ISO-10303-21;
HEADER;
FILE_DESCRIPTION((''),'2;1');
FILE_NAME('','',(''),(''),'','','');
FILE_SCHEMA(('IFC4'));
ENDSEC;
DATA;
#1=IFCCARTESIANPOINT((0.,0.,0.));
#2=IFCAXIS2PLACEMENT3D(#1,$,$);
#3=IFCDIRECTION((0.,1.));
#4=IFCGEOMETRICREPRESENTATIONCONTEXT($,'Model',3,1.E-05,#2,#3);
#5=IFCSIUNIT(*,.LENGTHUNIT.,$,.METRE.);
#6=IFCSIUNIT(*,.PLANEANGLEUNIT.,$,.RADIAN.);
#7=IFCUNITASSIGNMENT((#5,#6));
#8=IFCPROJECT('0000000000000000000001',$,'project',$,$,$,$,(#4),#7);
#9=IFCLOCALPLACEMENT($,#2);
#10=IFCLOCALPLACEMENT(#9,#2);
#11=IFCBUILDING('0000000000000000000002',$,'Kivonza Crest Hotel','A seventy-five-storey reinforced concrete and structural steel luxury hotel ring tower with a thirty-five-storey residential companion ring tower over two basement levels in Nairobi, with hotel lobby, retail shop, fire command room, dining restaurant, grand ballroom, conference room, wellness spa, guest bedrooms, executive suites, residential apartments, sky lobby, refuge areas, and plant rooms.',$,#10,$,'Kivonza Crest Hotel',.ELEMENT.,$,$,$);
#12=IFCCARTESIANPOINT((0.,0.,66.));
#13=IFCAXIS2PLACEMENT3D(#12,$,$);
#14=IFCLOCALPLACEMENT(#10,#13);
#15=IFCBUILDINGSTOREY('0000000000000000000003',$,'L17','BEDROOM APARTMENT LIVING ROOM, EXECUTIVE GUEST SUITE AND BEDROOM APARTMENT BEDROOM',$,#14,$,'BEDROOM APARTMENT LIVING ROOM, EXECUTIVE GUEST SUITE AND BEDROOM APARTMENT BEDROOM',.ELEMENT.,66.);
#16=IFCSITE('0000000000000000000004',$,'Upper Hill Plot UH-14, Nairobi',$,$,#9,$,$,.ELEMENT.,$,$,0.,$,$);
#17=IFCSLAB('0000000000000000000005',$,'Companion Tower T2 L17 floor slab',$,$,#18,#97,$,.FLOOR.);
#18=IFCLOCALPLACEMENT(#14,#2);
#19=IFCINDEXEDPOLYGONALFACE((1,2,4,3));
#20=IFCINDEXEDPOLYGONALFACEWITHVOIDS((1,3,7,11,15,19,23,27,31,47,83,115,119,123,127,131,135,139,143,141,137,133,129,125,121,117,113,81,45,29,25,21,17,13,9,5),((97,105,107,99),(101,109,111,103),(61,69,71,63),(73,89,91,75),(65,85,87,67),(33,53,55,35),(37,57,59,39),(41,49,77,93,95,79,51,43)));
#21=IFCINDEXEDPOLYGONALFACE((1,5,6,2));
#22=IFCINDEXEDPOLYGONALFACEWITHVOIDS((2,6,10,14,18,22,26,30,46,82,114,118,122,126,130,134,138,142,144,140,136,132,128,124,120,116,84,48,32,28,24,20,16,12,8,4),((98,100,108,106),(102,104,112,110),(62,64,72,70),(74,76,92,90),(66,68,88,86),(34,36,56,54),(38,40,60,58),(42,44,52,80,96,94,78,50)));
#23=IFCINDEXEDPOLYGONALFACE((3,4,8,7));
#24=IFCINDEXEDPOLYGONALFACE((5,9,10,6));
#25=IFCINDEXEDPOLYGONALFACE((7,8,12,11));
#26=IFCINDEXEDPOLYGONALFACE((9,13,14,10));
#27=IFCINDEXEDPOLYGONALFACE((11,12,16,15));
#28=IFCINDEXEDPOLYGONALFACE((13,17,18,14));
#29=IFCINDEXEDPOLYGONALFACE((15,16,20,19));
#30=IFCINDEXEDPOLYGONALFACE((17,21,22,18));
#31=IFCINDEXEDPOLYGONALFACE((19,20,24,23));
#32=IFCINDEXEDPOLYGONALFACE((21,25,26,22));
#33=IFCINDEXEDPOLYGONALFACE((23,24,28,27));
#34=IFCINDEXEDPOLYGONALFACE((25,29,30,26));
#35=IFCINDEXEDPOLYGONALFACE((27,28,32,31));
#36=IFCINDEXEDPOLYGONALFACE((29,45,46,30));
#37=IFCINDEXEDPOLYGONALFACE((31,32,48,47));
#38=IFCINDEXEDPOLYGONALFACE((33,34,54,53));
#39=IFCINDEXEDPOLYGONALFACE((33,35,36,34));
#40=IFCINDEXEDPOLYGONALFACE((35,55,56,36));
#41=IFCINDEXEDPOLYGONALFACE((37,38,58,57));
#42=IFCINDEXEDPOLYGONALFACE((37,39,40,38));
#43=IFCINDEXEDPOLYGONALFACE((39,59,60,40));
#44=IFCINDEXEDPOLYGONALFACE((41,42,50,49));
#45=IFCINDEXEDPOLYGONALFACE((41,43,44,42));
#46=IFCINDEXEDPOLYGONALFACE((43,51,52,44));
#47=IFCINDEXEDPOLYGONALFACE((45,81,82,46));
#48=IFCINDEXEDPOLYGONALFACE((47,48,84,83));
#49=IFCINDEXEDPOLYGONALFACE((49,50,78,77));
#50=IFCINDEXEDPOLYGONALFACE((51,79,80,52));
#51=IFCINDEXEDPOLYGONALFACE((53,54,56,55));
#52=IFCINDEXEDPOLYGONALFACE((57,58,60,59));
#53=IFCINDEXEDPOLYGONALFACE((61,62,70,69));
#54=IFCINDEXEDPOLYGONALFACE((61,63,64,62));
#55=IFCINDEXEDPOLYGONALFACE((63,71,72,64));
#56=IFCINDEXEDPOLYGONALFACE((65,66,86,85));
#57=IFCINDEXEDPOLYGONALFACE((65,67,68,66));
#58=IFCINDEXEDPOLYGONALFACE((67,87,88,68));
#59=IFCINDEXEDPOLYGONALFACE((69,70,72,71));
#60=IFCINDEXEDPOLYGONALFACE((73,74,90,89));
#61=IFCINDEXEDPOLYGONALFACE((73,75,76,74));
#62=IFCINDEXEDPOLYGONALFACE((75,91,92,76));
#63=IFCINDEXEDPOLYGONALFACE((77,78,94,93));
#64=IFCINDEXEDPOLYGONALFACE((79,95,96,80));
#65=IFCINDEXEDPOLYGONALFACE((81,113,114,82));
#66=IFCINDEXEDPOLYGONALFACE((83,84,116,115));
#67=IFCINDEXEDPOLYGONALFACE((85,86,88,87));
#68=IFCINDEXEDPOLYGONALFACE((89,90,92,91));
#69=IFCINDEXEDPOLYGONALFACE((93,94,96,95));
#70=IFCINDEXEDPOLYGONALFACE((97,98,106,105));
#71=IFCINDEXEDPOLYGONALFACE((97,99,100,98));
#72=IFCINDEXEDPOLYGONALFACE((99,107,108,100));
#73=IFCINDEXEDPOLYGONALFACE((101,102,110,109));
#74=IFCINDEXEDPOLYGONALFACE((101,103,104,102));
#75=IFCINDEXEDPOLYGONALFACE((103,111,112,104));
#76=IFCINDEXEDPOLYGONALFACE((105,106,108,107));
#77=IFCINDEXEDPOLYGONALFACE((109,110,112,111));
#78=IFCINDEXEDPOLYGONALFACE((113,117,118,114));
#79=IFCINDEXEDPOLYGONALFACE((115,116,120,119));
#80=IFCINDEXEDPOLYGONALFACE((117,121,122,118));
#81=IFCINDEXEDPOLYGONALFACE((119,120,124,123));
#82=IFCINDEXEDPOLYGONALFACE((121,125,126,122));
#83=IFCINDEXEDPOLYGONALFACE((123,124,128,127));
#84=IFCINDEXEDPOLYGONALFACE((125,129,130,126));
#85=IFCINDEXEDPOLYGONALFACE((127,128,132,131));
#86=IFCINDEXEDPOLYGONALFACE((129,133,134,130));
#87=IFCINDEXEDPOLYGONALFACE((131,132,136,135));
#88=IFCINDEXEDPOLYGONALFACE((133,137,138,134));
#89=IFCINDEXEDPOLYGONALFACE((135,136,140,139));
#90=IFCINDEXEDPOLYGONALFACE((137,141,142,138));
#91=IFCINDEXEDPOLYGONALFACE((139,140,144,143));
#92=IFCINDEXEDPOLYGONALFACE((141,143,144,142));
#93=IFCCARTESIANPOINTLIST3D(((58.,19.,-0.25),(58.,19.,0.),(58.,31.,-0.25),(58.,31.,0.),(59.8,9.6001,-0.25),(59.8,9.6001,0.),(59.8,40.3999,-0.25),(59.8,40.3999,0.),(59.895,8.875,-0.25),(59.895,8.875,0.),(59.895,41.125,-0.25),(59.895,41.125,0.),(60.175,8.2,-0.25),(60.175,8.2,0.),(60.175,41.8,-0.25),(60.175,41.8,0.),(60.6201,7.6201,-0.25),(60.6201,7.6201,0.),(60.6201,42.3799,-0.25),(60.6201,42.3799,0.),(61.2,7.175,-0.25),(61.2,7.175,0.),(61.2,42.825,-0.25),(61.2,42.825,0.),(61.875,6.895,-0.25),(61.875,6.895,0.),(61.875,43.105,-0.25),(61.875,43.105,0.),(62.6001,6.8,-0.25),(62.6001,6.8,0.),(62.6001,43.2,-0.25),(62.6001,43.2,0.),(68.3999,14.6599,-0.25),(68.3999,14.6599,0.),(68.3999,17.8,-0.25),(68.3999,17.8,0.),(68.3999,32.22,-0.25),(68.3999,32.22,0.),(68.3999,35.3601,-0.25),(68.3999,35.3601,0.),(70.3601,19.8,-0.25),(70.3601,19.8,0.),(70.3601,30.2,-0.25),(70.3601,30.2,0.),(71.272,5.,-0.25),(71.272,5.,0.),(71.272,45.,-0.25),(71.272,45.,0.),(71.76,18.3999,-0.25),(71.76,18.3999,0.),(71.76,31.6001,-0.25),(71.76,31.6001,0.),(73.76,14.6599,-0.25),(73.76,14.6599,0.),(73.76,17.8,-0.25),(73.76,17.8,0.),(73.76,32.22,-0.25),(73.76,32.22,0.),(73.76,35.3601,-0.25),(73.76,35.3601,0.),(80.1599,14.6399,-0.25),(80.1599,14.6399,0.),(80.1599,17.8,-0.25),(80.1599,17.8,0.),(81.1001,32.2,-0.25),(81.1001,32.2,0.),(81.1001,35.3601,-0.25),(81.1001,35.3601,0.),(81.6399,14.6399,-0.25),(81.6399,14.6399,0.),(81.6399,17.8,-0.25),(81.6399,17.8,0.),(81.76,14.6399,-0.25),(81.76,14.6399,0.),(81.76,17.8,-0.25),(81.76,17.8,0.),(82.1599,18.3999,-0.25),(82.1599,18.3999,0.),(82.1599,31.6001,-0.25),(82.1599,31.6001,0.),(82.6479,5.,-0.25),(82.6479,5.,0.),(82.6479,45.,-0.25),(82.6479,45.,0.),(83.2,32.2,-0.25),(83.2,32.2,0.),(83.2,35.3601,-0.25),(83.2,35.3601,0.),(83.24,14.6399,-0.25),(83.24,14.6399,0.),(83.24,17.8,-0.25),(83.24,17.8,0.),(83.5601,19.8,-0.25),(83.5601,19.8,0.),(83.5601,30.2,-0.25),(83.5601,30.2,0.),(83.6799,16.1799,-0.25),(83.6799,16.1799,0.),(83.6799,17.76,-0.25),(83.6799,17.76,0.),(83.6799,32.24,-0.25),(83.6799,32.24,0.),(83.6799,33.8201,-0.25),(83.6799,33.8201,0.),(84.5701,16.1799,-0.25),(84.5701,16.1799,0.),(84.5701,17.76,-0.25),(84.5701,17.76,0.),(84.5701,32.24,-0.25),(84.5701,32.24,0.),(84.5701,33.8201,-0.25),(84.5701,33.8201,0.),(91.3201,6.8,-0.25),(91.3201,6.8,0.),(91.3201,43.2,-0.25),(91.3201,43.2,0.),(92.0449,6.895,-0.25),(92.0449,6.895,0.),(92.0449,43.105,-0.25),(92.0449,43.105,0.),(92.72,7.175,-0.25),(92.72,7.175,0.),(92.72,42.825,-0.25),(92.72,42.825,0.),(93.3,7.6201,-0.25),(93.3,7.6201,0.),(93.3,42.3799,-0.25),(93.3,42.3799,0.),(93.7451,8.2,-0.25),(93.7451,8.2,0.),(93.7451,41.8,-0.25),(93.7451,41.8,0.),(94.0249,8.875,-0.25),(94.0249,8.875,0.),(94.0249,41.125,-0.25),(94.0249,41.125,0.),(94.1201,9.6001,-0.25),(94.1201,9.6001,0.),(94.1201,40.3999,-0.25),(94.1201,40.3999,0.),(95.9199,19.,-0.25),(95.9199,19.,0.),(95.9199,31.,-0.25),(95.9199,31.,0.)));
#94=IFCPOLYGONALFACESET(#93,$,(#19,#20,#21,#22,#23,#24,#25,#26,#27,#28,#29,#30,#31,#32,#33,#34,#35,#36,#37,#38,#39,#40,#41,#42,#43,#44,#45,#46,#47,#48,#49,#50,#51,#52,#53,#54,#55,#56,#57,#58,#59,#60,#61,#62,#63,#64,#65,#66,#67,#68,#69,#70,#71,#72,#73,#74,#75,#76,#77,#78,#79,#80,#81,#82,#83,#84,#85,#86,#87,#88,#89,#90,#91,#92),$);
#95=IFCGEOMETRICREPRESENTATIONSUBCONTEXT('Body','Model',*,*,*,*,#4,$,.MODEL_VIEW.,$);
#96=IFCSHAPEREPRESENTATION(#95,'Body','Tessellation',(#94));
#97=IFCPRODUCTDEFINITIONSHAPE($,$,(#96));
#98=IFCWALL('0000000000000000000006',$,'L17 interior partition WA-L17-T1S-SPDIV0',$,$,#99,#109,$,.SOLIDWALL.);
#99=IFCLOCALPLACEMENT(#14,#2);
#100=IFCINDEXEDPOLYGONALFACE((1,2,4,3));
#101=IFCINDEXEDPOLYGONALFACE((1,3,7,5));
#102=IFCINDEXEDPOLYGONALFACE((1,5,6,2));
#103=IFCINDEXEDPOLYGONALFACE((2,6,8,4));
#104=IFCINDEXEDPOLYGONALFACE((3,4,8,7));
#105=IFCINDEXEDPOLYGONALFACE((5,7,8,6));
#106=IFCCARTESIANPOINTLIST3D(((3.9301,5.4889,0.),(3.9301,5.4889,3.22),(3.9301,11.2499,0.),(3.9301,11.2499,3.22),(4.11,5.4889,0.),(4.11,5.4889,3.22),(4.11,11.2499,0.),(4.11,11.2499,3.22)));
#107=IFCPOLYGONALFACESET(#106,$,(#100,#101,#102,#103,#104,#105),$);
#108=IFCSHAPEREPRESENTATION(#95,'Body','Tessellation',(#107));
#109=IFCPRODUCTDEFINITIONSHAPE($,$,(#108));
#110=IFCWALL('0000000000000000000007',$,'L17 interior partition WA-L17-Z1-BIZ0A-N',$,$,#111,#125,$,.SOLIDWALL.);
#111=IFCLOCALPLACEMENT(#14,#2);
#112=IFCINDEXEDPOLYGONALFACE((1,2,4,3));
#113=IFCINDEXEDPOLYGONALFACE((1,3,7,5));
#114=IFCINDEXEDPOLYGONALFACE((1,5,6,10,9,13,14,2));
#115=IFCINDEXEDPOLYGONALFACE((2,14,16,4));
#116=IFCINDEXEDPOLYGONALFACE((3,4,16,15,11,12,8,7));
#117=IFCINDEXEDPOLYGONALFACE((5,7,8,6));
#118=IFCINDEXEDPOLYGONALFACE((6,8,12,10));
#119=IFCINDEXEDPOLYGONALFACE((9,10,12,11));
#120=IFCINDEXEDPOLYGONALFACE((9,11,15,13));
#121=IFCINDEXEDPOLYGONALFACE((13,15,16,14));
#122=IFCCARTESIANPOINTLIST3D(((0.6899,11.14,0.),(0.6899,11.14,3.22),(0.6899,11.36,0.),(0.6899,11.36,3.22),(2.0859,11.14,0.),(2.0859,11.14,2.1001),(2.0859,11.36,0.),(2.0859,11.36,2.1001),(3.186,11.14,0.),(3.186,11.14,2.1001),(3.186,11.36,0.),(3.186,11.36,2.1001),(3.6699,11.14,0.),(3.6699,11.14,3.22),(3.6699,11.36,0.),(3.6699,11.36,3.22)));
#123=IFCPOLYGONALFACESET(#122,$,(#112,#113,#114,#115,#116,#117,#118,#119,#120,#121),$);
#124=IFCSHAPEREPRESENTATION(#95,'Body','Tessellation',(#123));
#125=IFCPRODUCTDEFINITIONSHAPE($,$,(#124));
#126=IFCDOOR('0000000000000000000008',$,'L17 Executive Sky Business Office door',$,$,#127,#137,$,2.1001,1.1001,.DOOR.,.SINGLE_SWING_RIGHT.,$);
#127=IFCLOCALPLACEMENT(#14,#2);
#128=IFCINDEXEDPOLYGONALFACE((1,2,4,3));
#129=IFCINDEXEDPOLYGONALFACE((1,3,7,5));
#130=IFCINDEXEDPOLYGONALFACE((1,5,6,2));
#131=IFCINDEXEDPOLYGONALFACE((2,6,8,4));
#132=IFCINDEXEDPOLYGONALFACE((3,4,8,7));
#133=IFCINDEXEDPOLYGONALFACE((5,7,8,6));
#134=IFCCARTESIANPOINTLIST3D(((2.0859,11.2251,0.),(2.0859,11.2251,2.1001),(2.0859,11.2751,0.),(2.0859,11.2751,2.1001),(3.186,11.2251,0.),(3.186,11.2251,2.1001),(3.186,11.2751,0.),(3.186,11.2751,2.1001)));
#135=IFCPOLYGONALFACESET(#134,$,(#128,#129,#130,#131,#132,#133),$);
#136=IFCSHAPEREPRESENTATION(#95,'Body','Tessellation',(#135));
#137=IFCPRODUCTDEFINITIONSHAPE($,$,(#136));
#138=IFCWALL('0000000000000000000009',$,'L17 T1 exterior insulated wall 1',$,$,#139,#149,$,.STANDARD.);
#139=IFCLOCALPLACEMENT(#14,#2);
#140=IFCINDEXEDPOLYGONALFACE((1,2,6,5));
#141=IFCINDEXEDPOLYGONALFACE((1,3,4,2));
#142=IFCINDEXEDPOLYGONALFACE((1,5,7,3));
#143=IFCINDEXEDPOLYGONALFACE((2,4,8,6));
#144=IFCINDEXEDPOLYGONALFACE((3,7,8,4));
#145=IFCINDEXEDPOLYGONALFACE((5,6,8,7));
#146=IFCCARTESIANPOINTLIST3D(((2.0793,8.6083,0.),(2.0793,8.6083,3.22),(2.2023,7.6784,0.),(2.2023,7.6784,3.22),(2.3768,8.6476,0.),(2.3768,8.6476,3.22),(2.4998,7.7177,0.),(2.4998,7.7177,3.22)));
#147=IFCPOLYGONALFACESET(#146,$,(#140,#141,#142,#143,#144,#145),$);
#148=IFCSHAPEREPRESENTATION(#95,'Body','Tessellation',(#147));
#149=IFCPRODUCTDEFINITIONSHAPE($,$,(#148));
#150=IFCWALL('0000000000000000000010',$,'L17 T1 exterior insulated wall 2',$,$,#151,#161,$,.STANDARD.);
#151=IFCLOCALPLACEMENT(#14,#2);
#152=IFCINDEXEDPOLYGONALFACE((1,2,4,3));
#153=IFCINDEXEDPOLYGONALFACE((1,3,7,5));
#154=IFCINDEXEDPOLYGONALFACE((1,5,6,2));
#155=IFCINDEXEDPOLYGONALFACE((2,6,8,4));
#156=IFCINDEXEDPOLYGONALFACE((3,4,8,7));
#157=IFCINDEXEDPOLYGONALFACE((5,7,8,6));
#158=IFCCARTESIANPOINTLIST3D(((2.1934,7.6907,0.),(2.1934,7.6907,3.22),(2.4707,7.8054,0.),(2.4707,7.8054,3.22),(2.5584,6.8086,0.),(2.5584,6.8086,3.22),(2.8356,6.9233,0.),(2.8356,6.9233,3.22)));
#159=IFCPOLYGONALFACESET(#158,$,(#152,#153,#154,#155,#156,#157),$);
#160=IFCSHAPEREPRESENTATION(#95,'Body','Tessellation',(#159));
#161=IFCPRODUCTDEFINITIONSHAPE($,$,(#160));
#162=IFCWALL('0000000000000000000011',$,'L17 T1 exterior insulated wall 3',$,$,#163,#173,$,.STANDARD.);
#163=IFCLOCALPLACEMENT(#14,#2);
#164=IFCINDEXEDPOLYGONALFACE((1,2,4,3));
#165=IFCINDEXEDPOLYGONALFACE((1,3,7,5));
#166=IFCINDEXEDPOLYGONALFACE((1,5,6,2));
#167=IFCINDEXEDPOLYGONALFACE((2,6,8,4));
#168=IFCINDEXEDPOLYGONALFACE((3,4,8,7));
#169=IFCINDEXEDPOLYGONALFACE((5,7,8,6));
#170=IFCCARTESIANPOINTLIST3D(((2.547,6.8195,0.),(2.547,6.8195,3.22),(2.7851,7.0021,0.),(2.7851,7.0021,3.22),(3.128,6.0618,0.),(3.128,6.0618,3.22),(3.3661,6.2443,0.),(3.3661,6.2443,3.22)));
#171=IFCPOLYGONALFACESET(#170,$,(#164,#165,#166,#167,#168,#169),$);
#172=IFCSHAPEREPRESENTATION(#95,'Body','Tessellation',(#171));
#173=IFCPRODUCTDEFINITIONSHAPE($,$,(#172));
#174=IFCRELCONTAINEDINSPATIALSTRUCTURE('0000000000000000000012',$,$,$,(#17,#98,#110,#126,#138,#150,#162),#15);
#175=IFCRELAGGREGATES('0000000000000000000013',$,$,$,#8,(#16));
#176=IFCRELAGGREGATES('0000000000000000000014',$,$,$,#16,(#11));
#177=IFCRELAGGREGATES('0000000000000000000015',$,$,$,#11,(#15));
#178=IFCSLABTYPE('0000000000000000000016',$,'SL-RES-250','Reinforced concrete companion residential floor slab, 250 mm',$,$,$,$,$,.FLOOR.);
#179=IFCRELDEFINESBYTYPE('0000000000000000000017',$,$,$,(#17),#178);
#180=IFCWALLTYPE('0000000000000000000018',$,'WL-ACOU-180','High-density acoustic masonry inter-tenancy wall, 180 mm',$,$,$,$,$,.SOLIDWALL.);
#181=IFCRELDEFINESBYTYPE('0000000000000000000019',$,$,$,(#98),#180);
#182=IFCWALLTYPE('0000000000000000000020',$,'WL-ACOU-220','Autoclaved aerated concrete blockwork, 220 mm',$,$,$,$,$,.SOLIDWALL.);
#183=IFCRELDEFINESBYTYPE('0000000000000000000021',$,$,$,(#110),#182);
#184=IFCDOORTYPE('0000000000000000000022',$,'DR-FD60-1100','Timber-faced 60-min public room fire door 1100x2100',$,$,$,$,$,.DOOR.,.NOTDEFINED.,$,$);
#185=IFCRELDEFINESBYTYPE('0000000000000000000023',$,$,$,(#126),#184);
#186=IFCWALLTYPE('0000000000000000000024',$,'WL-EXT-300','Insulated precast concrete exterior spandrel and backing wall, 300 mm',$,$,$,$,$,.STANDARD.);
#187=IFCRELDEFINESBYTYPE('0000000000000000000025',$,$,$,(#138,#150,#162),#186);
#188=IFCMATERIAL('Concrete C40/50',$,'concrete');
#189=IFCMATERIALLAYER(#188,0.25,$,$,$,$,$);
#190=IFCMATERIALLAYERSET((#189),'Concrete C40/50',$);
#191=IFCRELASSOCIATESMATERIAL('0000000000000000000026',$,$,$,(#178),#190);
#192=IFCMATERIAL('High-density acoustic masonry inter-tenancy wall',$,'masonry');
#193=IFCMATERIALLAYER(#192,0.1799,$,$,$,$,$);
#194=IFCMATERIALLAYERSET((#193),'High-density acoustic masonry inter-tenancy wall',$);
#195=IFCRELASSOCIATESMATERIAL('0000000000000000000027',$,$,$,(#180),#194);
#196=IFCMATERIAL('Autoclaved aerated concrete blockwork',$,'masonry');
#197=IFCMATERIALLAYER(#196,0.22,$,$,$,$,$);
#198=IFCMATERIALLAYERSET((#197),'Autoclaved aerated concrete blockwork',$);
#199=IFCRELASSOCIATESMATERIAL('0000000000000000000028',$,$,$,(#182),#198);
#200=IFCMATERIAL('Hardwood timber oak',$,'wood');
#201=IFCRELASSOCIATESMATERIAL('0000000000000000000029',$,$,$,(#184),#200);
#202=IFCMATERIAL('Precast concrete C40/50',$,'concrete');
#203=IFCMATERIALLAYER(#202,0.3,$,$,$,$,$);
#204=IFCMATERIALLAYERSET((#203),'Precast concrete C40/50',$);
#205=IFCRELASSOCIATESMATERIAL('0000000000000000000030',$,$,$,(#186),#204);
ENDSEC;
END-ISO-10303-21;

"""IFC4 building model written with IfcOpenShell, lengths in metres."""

from ifc_helpers import new_model, si_unit, direction, frame, frame_2d, origin, place, context, subcontext, project, spatial, polyline, rectangle, outline, extrude, material, layer, layer_set, type_object, element, fill, save


model = new_model("IFC4")

# Units and contexts
model_context = context("Model", 3, precision=1e-05, world=origin(), true_north=direction((0.0, 1.0)))
body_context = subcontext(model_context, "Body", "Model", "MODEL_VIEW")
ifc_project = project(units=[si_unit("LENGTHUNIT", "METRE"), si_unit("PLANEANGLEUNIT", "RADIAN")], contexts=[model_context])

# Site, building, storey
site_placement = place(None, origin())
site = spatial("IfcSite", under=ifc_project, at=site_placement, Name="Upper Hill Plot UH-14, Nairobi", CompositionType="ELEMENT", RefElevation=0.0)
building_placement = place(site_placement, origin())
building = spatial("IfcBuilding", under=site, at=building_placement, Name="Kivonza Crest Hotel", Description="A seventy-five-storey reinforced concrete and structural steel luxury hotel ring tower with a thirty-five-storey residential companion ring tower over two basement levels in Nairobi, with hotel lobby, retail shop, fire command room, dining restaurant, grand ballroom, conference room, wellness spa, guest bedrooms, executive suites, residential apartments, sky lobby, refuge areas, and plant rooms.", LongName="Kivonza Crest Hotel", CompositionType="ELEMENT")
storey_placement = place(building_placement, frame((0.0, 0.0, 66.0)))
storey = spatial("IfcBuildingStorey", under=building, at=storey_placement, Name="L17", Description="BEDROOM APARTMENT LIVING ROOM, EXECUTIVE GUEST SUITE AND BEDROOM APARTMENT BEDROOM", LongName="BEDROOM APARTMENT LIVING ROOM, EXECUTIVE GUEST SUITE AND BEDROOM APARTMENT BEDROOM", CompositionType="ELEMENT", Elevation=66.0)

# Shared definitions
ifc_material_1 = material(Name="Concrete C40/50", Category="concrete")

# Slab
ifc_layer_1 = layer(ifc_material_1, 0.25)
ifc_layer_set_1 = layer_set([ifc_layer_1], Name="Concrete C40/50")
slab_type_1 = type_object("IfcSlabType", Name="SL-RES-250", Description="Reinforced concrete companion residential floor slab, 250 mm", PredefinedType="FLOOR", material=ifc_layer_set_1)
slab_1_placement = place(storey_placement, frame((0.0, 0.0, -0.25)))
element("IfcSlab", 1, at=slab_1_placement, inside=storey, type_object=slab_type_1, Name="Companion Tower T2 L17 floor slab", PredefinedType="FLOOR", context=body_context, shape_type="SweptSolid", body=[
    extrude(outline(polyline([(59.8, 9.6001), (59.895, 8.875), (60.175, 8.2), (60.6201, 7.6201), (61.2, 7.175), (61.875, 6.895), (62.6001, 6.8), (71.272, 5.0), (82.6479, 5.0), (91.3201, 6.8), (92.0449, 6.895), (92.72, 7.175), (93.3, 7.6201), (93.7451, 8.2), (94.0249, 8.875), (94.1201, 9.6001), (95.9199, 19.0), (95.9199, 31.0), (94.1201, 40.3999), (94.0249, 41.125), (93.7451, 41.8), (93.3, 42.3799), (92.72, 42.825), (92.0449, 43.105), (91.3201, 43.2), (82.6479, 45.0), (71.272, 45.0), (62.6001, 43.2), (61.875, 43.105), (61.2, 42.825), (60.6201, 42.3799), (60.175, 41.8), (59.895, 41.125), (59.8, 40.3999), (58.0, 31.0), (58.0, 19.0), (59.8, 9.6001)]), holes=[polyline([(71.76, 18.3999), (82.1599, 18.3999), (83.5601, 19.8), (83.5601, 30.2), (82.1599, 31.6001), (71.76, 31.6001), (70.3601, 30.2), (70.3601, 19.8), (71.76, 18.3999)]), polyline([(68.3999, 32.22), (73.76, 32.22), (73.76, 35.3601), (68.3999, 35.3601), (68.3999, 32.22)]), polyline([(68.3999, 14.6599), (73.76, 14.6599), (73.76, 17.8), (68.3999, 17.8), (68.3999, 14.6599)]), polyline([(83.6799, 32.24), (84.5701, 32.24), (84.5701, 33.8201), (83.6799, 33.8201), (83.6799, 32.24)]), polyline([(83.6799, 16.1799), (84.5701, 16.1799), (84.5701, 17.76), (83.6799, 17.76), (83.6799, 16.1799)]), polyline([(81.1001, 32.2), (83.2, 32.2), (83.2, 35.3601), (81.1001, 35.3601), (81.1001, 32.2)]), polyline([(80.1599, 14.6399), (81.6399, 14.6399), (81.6399, 17.8), (80.1599, 17.8), (80.1599, 14.6399)]), polyline([(81.76, 14.6399), (83.24, 14.6399), (83.24, 17.8), (81.76, 17.8), (81.76, 14.6399)])]), origin(), (0.0, 0.0, 1.0), 0.25),
])

# Wall
ifc_material_2 = material(Name="High-density acoustic masonry inter-tenancy wall", Category="masonry")
ifc_layer_2 = layer(ifc_material_2, 0.1799)
ifc_layer_set_2 = layer_set([ifc_layer_2], Name="High-density acoustic masonry inter-tenancy wall")
wall_type_1 = type_object("IfcWallType", Name="WL-ACOU-180", Description="High-density acoustic masonry inter-tenancy wall, 180 mm", PredefinedType="SOLIDWALL", material=ifc_layer_set_2)
wall_1_placement = place(storey_placement, frame((4.02, 5.489, 0.0), z_axis=(0.0, 0.0, 1.0), x_axis=(0.0, 1.0, 0.0)))
element("IfcWall", 2, at=wall_1_placement, inside=storey, type_object=wall_type_1, Name="L17 interior partition WA-L17-T1S-SPDIV0", PredefinedType="SOLIDWALL", context=body_context, shape_type="SweptSolid", body=[
    extrude(rectangle(XDim=5.761, YDim=0.1799, at=frame_2d((2.8804, 0.0))), origin(), (0.0, 0.0, 1.0), 3.22),
])

# Wall, opening, door
ifc_material_3 = material(Name="Autoclaved aerated concrete blockwork", Category="masonry")
ifc_layer_3 = layer(ifc_material_3, 0.22)
ifc_layer_set_3 = layer_set([ifc_layer_3], Name="Autoclaved aerated concrete blockwork")
wall_type_2 = type_object("IfcWallType", Name="WL-ACOU-220", Description="Autoclaved aerated concrete blockwork, 220 mm", PredefinedType="SOLIDWALL", material=ifc_layer_set_3)
wall_2_placement = place(storey_placement, frame((0.6899, 11.25, 0.0), z_axis=(0.0, 0.0, 1.0), x_axis=(1.0, 0.0, 0.0)))
wall_2 = element("IfcWall", 3, at=wall_2_placement, inside=storey, type_object=wall_type_2, Name="L17 interior partition WA-L17-Z1-BIZ0A-N", PredefinedType="SOLIDWALL", context=body_context, shape_type="SweptSolid", body=[
    extrude(rectangle(XDim=2.98, YDim=0.22, at=frame_2d((1.49, 0.0))), origin(), (0.0, 0.0, 1.0), 3.22),
])
opening_placement = place(wall_2_placement, frame((1.396, 0.0, 0.0)))
opening = element("IfcOpeningElement", 4, at=opening_placement, cuts=wall_2, PredefinedType="OPENING", context=body_context, shape_type="SweptSolid", body=[
    extrude(rectangle(XDim=1.1001, YDim=2.1001, at=frame_2d((0.55, 1.05))), frame((0.0, 0.1201, 0.0), z_axis=(0.0, -1.0, 0.0), x_axis=(1.0, 0.0, 0.0)), (0.0, 0.0, 1.0), 0.24),
])
ifc_material_4 = material(Name="Hardwood timber oak", Category="wood")
door_type = type_object("IfcDoorType", Name="DR-FD60-1100", Description="Timber-faced 60-min public room fire door 1100x2100", OperationType="NOTDEFINED", PredefinedType="DOOR", material=ifc_material_4)
door_placement = place(opening_placement, frame((1.1001, 0.0, 0.0), z_axis=(0.0, 0.0, 1.0), x_axis=(-1.0, 0.0, 0.0)))
door = element("IfcDoor", 5, at=door_placement, inside=storey, type_object=door_type, Name="L17 Executive Sky Business Office door", OperationType="SINGLE_SWING_RIGHT", OverallHeight=2.1001, OverallWidth=1.1001, PredefinedType="DOOR", context=body_context, shape_type="SweptSolid", body=[
    extrude(rectangle(XDim=1.1001, YDim=2.1001, at=frame_2d((0.55, 1.05))), frame((0.0, 0.0249, 0.0), z_axis=(0.0, -1.0, 0.0), x_axis=(1.0, 0.0, 0.0)), (0.0, 0.0, 1.0), 0.05),
])
fill(opening, door)

# Walls
ifc_material_5 = material(Name="Precast concrete C40/50", Category="concrete")
ifc_layer_4 = layer(ifc_material_5, 0.3)
ifc_layer_set_4 = layer_set([ifc_layer_4], Name="Precast concrete C40/50")
wall_type_3 = type_object("IfcWallType", Name="WL-EXT-300", Description="Insulated precast concrete exterior spandrel and backing wall, 300 mm", PredefinedType="STANDARD", material=ifc_layer_set_4)
wall_3_placement = place(storey_placement, frame((2.228, 8.6279, 0.0), z_axis=(0.0, 0.0, 1.0), x_axis=(0.131175, -0.991359, 0.0)))
element("IfcWall", 6, at=wall_3_placement, inside=storey, type_object=wall_type_3, Name="L17 T1 exterior insulated wall 1", PredefinedType="STANDARD", context=body_context, shape_type="SweptSolid", body=[
    extrude(rectangle(XDim=0.938, YDim=0.3, at=frame_2d((0.469, 0.0))), origin(), (0.0, 0.0, 1.0), 3.22),
])
wall_4_placement = place(storey_placement, frame((2.332, 7.748, 0.0), z_axis=(0.0, 0.0, 1.0), x_axis=(0.382344, -0.92402, 0.0)))
element("IfcWall", 7, at=wall_4_placement, inside=storey, type_object=wall_type_3, Name="L17 T1 exterior insulated wall 2", PredefinedType="STANDARD", context=body_context, shape_type="SweptSolid", body=[
    extrude(rectangle(XDim=0.9546, YDim=0.3, at=frame_2d((0.4773, 0.0))), origin(), (0.0, 0.0, 1.0), 3.22),
])
for number, where, z_axis, x_axis, name in (
    (8, (2.666, 6.9109, 0.0), (0.0, 0.0, 1.0), (0.608474, -0.793573, 0.0), "L17 T1 exterior insulated wall 3"),
):
    element("IfcWall", number, at=place(storey_placement, frame(where, z_axis=z_axis, x_axis=x_axis)), inside=storey, type_object=wall_type_3, Name=name, PredefinedType="STANDARD", context=body_context, shape_type="SweptSolid", body=[
        extrude(rectangle(XDim=0.9548, YDim=0.3, at=frame_2d((0.4775, 0.0))), origin(), (0.0, 0.0, 1.0), 3.22),
    ])

save(model, "model.ifc")
